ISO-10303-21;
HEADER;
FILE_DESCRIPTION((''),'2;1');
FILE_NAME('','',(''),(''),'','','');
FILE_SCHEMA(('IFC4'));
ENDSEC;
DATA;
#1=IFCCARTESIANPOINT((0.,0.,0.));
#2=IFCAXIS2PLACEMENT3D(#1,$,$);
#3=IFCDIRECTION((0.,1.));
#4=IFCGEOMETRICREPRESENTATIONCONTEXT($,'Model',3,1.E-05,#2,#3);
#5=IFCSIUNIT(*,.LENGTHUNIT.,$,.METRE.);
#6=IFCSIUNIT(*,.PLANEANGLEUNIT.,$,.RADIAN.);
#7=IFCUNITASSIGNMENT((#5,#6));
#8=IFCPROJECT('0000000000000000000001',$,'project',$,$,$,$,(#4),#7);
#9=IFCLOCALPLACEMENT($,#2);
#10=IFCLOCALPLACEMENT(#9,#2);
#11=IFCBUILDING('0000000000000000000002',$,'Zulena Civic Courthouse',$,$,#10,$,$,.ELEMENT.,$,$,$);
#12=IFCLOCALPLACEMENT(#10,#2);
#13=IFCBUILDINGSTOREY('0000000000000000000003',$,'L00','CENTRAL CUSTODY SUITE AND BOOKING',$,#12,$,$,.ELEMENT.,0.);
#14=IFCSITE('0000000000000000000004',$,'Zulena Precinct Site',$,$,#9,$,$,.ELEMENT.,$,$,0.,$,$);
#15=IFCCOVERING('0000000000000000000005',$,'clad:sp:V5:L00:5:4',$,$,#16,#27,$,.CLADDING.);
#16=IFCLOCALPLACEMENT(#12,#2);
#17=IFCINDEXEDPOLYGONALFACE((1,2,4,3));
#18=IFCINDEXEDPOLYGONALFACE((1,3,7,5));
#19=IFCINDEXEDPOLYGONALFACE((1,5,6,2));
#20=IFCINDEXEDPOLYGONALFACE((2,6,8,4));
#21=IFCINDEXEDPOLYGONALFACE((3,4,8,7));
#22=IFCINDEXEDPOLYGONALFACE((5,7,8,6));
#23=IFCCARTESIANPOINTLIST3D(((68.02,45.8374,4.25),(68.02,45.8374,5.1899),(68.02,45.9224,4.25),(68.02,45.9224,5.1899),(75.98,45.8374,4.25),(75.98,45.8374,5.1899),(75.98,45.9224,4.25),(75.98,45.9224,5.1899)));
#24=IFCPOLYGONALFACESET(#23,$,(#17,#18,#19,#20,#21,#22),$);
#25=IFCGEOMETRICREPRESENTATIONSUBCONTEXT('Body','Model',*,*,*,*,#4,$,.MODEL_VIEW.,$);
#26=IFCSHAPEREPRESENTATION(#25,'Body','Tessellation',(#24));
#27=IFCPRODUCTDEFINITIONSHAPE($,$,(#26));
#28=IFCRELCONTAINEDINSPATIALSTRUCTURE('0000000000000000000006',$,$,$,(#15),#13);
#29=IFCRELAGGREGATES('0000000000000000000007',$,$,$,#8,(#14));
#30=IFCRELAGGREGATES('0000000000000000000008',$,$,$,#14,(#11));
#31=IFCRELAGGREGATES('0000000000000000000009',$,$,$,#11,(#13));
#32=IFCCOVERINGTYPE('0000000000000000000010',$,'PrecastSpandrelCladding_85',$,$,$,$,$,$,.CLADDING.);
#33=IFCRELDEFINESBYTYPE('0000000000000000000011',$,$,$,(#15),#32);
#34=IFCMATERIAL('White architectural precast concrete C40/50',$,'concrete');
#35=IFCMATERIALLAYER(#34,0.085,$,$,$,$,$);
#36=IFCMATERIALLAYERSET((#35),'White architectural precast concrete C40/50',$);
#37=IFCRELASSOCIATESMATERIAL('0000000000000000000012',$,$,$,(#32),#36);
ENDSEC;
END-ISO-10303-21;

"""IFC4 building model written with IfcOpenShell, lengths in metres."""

from ifc_helpers import new_model, si_unit, direction, frame, origin, origin_2d, place, context, subcontext, project, spatial, rectangle, extrude, material, layer, layer_set, type_object, element, save


model = new_model("IFC4")

# Units and contexts
model_context = context("Model", 3, precision=1e-05, world=origin(), true_north=direction((0.0, 1.0)))
body_context = subcontext(model_context, "Body", "Model", "MODEL_VIEW")
ifc_project = project(units=[si_unit("LENGTHUNIT", "METRE"), si_unit("PLANEANGLEUNIT", "RADIAN")], contexts=[model_context])

# Site, building, storey
site_placement = place(None, origin())
site = spatial("IfcSite", under=ifc_project, at=site_placement, Name="Zulena Precinct Site", CompositionType="ELEMENT", RefElevation=0.0)
building_placement = place(site_placement, origin())
building = spatial("IfcBuilding", under=site, at=building_placement, Name="Zulena Civic Courthouse", CompositionType="ELEMENT")
storey_placement = place(building_placement, origin())
storey = spatial("IfcBuildingStorey", under=building, at=storey_placement, Name="L00", Description="CENTRAL CUSTODY SUITE AND BOOKING", CompositionType="ELEMENT", Elevation=0.0)

# Covering
ifc_material_1 = material(Name="White architectural precast concrete C40/50", Category="concrete")
ifc_layer_1 = layer(ifc_material_1, 0.085)
ifc_layer_set_1 = layer_set([ifc_layer_1], Name="White architectural precast concrete C40/50")
covering_type = type_object("IfcCoveringType", Name="PrecastSpandrelCladding_85", PredefinedType="CLADDING", material=ifc_layer_set_1)
for number, where, z_axis, x_axis, name in (
    (1, (72.0, 45.8799, 4.25), (0.0, 0.0, 1.0), (-1.0, 0.0, 0.0), "clad:sp:V5:L00:5:4"),
):
    element("IfcCovering", number, at=place(storey_placement, frame(where, z_axis=z_axis, x_axis=x_axis)), inside=storey, type_object=covering_type, Name=name, PredefinedType="CLADDING", context=body_context, shape_type="SweptSolid", body=[
        extrude(rectangle(XDim=7.96, YDim=0.085, at=origin_2d()), origin(), (0.0, 0.0, 1.0), 0.9399),
    ])

save(model, "model.ifc")
